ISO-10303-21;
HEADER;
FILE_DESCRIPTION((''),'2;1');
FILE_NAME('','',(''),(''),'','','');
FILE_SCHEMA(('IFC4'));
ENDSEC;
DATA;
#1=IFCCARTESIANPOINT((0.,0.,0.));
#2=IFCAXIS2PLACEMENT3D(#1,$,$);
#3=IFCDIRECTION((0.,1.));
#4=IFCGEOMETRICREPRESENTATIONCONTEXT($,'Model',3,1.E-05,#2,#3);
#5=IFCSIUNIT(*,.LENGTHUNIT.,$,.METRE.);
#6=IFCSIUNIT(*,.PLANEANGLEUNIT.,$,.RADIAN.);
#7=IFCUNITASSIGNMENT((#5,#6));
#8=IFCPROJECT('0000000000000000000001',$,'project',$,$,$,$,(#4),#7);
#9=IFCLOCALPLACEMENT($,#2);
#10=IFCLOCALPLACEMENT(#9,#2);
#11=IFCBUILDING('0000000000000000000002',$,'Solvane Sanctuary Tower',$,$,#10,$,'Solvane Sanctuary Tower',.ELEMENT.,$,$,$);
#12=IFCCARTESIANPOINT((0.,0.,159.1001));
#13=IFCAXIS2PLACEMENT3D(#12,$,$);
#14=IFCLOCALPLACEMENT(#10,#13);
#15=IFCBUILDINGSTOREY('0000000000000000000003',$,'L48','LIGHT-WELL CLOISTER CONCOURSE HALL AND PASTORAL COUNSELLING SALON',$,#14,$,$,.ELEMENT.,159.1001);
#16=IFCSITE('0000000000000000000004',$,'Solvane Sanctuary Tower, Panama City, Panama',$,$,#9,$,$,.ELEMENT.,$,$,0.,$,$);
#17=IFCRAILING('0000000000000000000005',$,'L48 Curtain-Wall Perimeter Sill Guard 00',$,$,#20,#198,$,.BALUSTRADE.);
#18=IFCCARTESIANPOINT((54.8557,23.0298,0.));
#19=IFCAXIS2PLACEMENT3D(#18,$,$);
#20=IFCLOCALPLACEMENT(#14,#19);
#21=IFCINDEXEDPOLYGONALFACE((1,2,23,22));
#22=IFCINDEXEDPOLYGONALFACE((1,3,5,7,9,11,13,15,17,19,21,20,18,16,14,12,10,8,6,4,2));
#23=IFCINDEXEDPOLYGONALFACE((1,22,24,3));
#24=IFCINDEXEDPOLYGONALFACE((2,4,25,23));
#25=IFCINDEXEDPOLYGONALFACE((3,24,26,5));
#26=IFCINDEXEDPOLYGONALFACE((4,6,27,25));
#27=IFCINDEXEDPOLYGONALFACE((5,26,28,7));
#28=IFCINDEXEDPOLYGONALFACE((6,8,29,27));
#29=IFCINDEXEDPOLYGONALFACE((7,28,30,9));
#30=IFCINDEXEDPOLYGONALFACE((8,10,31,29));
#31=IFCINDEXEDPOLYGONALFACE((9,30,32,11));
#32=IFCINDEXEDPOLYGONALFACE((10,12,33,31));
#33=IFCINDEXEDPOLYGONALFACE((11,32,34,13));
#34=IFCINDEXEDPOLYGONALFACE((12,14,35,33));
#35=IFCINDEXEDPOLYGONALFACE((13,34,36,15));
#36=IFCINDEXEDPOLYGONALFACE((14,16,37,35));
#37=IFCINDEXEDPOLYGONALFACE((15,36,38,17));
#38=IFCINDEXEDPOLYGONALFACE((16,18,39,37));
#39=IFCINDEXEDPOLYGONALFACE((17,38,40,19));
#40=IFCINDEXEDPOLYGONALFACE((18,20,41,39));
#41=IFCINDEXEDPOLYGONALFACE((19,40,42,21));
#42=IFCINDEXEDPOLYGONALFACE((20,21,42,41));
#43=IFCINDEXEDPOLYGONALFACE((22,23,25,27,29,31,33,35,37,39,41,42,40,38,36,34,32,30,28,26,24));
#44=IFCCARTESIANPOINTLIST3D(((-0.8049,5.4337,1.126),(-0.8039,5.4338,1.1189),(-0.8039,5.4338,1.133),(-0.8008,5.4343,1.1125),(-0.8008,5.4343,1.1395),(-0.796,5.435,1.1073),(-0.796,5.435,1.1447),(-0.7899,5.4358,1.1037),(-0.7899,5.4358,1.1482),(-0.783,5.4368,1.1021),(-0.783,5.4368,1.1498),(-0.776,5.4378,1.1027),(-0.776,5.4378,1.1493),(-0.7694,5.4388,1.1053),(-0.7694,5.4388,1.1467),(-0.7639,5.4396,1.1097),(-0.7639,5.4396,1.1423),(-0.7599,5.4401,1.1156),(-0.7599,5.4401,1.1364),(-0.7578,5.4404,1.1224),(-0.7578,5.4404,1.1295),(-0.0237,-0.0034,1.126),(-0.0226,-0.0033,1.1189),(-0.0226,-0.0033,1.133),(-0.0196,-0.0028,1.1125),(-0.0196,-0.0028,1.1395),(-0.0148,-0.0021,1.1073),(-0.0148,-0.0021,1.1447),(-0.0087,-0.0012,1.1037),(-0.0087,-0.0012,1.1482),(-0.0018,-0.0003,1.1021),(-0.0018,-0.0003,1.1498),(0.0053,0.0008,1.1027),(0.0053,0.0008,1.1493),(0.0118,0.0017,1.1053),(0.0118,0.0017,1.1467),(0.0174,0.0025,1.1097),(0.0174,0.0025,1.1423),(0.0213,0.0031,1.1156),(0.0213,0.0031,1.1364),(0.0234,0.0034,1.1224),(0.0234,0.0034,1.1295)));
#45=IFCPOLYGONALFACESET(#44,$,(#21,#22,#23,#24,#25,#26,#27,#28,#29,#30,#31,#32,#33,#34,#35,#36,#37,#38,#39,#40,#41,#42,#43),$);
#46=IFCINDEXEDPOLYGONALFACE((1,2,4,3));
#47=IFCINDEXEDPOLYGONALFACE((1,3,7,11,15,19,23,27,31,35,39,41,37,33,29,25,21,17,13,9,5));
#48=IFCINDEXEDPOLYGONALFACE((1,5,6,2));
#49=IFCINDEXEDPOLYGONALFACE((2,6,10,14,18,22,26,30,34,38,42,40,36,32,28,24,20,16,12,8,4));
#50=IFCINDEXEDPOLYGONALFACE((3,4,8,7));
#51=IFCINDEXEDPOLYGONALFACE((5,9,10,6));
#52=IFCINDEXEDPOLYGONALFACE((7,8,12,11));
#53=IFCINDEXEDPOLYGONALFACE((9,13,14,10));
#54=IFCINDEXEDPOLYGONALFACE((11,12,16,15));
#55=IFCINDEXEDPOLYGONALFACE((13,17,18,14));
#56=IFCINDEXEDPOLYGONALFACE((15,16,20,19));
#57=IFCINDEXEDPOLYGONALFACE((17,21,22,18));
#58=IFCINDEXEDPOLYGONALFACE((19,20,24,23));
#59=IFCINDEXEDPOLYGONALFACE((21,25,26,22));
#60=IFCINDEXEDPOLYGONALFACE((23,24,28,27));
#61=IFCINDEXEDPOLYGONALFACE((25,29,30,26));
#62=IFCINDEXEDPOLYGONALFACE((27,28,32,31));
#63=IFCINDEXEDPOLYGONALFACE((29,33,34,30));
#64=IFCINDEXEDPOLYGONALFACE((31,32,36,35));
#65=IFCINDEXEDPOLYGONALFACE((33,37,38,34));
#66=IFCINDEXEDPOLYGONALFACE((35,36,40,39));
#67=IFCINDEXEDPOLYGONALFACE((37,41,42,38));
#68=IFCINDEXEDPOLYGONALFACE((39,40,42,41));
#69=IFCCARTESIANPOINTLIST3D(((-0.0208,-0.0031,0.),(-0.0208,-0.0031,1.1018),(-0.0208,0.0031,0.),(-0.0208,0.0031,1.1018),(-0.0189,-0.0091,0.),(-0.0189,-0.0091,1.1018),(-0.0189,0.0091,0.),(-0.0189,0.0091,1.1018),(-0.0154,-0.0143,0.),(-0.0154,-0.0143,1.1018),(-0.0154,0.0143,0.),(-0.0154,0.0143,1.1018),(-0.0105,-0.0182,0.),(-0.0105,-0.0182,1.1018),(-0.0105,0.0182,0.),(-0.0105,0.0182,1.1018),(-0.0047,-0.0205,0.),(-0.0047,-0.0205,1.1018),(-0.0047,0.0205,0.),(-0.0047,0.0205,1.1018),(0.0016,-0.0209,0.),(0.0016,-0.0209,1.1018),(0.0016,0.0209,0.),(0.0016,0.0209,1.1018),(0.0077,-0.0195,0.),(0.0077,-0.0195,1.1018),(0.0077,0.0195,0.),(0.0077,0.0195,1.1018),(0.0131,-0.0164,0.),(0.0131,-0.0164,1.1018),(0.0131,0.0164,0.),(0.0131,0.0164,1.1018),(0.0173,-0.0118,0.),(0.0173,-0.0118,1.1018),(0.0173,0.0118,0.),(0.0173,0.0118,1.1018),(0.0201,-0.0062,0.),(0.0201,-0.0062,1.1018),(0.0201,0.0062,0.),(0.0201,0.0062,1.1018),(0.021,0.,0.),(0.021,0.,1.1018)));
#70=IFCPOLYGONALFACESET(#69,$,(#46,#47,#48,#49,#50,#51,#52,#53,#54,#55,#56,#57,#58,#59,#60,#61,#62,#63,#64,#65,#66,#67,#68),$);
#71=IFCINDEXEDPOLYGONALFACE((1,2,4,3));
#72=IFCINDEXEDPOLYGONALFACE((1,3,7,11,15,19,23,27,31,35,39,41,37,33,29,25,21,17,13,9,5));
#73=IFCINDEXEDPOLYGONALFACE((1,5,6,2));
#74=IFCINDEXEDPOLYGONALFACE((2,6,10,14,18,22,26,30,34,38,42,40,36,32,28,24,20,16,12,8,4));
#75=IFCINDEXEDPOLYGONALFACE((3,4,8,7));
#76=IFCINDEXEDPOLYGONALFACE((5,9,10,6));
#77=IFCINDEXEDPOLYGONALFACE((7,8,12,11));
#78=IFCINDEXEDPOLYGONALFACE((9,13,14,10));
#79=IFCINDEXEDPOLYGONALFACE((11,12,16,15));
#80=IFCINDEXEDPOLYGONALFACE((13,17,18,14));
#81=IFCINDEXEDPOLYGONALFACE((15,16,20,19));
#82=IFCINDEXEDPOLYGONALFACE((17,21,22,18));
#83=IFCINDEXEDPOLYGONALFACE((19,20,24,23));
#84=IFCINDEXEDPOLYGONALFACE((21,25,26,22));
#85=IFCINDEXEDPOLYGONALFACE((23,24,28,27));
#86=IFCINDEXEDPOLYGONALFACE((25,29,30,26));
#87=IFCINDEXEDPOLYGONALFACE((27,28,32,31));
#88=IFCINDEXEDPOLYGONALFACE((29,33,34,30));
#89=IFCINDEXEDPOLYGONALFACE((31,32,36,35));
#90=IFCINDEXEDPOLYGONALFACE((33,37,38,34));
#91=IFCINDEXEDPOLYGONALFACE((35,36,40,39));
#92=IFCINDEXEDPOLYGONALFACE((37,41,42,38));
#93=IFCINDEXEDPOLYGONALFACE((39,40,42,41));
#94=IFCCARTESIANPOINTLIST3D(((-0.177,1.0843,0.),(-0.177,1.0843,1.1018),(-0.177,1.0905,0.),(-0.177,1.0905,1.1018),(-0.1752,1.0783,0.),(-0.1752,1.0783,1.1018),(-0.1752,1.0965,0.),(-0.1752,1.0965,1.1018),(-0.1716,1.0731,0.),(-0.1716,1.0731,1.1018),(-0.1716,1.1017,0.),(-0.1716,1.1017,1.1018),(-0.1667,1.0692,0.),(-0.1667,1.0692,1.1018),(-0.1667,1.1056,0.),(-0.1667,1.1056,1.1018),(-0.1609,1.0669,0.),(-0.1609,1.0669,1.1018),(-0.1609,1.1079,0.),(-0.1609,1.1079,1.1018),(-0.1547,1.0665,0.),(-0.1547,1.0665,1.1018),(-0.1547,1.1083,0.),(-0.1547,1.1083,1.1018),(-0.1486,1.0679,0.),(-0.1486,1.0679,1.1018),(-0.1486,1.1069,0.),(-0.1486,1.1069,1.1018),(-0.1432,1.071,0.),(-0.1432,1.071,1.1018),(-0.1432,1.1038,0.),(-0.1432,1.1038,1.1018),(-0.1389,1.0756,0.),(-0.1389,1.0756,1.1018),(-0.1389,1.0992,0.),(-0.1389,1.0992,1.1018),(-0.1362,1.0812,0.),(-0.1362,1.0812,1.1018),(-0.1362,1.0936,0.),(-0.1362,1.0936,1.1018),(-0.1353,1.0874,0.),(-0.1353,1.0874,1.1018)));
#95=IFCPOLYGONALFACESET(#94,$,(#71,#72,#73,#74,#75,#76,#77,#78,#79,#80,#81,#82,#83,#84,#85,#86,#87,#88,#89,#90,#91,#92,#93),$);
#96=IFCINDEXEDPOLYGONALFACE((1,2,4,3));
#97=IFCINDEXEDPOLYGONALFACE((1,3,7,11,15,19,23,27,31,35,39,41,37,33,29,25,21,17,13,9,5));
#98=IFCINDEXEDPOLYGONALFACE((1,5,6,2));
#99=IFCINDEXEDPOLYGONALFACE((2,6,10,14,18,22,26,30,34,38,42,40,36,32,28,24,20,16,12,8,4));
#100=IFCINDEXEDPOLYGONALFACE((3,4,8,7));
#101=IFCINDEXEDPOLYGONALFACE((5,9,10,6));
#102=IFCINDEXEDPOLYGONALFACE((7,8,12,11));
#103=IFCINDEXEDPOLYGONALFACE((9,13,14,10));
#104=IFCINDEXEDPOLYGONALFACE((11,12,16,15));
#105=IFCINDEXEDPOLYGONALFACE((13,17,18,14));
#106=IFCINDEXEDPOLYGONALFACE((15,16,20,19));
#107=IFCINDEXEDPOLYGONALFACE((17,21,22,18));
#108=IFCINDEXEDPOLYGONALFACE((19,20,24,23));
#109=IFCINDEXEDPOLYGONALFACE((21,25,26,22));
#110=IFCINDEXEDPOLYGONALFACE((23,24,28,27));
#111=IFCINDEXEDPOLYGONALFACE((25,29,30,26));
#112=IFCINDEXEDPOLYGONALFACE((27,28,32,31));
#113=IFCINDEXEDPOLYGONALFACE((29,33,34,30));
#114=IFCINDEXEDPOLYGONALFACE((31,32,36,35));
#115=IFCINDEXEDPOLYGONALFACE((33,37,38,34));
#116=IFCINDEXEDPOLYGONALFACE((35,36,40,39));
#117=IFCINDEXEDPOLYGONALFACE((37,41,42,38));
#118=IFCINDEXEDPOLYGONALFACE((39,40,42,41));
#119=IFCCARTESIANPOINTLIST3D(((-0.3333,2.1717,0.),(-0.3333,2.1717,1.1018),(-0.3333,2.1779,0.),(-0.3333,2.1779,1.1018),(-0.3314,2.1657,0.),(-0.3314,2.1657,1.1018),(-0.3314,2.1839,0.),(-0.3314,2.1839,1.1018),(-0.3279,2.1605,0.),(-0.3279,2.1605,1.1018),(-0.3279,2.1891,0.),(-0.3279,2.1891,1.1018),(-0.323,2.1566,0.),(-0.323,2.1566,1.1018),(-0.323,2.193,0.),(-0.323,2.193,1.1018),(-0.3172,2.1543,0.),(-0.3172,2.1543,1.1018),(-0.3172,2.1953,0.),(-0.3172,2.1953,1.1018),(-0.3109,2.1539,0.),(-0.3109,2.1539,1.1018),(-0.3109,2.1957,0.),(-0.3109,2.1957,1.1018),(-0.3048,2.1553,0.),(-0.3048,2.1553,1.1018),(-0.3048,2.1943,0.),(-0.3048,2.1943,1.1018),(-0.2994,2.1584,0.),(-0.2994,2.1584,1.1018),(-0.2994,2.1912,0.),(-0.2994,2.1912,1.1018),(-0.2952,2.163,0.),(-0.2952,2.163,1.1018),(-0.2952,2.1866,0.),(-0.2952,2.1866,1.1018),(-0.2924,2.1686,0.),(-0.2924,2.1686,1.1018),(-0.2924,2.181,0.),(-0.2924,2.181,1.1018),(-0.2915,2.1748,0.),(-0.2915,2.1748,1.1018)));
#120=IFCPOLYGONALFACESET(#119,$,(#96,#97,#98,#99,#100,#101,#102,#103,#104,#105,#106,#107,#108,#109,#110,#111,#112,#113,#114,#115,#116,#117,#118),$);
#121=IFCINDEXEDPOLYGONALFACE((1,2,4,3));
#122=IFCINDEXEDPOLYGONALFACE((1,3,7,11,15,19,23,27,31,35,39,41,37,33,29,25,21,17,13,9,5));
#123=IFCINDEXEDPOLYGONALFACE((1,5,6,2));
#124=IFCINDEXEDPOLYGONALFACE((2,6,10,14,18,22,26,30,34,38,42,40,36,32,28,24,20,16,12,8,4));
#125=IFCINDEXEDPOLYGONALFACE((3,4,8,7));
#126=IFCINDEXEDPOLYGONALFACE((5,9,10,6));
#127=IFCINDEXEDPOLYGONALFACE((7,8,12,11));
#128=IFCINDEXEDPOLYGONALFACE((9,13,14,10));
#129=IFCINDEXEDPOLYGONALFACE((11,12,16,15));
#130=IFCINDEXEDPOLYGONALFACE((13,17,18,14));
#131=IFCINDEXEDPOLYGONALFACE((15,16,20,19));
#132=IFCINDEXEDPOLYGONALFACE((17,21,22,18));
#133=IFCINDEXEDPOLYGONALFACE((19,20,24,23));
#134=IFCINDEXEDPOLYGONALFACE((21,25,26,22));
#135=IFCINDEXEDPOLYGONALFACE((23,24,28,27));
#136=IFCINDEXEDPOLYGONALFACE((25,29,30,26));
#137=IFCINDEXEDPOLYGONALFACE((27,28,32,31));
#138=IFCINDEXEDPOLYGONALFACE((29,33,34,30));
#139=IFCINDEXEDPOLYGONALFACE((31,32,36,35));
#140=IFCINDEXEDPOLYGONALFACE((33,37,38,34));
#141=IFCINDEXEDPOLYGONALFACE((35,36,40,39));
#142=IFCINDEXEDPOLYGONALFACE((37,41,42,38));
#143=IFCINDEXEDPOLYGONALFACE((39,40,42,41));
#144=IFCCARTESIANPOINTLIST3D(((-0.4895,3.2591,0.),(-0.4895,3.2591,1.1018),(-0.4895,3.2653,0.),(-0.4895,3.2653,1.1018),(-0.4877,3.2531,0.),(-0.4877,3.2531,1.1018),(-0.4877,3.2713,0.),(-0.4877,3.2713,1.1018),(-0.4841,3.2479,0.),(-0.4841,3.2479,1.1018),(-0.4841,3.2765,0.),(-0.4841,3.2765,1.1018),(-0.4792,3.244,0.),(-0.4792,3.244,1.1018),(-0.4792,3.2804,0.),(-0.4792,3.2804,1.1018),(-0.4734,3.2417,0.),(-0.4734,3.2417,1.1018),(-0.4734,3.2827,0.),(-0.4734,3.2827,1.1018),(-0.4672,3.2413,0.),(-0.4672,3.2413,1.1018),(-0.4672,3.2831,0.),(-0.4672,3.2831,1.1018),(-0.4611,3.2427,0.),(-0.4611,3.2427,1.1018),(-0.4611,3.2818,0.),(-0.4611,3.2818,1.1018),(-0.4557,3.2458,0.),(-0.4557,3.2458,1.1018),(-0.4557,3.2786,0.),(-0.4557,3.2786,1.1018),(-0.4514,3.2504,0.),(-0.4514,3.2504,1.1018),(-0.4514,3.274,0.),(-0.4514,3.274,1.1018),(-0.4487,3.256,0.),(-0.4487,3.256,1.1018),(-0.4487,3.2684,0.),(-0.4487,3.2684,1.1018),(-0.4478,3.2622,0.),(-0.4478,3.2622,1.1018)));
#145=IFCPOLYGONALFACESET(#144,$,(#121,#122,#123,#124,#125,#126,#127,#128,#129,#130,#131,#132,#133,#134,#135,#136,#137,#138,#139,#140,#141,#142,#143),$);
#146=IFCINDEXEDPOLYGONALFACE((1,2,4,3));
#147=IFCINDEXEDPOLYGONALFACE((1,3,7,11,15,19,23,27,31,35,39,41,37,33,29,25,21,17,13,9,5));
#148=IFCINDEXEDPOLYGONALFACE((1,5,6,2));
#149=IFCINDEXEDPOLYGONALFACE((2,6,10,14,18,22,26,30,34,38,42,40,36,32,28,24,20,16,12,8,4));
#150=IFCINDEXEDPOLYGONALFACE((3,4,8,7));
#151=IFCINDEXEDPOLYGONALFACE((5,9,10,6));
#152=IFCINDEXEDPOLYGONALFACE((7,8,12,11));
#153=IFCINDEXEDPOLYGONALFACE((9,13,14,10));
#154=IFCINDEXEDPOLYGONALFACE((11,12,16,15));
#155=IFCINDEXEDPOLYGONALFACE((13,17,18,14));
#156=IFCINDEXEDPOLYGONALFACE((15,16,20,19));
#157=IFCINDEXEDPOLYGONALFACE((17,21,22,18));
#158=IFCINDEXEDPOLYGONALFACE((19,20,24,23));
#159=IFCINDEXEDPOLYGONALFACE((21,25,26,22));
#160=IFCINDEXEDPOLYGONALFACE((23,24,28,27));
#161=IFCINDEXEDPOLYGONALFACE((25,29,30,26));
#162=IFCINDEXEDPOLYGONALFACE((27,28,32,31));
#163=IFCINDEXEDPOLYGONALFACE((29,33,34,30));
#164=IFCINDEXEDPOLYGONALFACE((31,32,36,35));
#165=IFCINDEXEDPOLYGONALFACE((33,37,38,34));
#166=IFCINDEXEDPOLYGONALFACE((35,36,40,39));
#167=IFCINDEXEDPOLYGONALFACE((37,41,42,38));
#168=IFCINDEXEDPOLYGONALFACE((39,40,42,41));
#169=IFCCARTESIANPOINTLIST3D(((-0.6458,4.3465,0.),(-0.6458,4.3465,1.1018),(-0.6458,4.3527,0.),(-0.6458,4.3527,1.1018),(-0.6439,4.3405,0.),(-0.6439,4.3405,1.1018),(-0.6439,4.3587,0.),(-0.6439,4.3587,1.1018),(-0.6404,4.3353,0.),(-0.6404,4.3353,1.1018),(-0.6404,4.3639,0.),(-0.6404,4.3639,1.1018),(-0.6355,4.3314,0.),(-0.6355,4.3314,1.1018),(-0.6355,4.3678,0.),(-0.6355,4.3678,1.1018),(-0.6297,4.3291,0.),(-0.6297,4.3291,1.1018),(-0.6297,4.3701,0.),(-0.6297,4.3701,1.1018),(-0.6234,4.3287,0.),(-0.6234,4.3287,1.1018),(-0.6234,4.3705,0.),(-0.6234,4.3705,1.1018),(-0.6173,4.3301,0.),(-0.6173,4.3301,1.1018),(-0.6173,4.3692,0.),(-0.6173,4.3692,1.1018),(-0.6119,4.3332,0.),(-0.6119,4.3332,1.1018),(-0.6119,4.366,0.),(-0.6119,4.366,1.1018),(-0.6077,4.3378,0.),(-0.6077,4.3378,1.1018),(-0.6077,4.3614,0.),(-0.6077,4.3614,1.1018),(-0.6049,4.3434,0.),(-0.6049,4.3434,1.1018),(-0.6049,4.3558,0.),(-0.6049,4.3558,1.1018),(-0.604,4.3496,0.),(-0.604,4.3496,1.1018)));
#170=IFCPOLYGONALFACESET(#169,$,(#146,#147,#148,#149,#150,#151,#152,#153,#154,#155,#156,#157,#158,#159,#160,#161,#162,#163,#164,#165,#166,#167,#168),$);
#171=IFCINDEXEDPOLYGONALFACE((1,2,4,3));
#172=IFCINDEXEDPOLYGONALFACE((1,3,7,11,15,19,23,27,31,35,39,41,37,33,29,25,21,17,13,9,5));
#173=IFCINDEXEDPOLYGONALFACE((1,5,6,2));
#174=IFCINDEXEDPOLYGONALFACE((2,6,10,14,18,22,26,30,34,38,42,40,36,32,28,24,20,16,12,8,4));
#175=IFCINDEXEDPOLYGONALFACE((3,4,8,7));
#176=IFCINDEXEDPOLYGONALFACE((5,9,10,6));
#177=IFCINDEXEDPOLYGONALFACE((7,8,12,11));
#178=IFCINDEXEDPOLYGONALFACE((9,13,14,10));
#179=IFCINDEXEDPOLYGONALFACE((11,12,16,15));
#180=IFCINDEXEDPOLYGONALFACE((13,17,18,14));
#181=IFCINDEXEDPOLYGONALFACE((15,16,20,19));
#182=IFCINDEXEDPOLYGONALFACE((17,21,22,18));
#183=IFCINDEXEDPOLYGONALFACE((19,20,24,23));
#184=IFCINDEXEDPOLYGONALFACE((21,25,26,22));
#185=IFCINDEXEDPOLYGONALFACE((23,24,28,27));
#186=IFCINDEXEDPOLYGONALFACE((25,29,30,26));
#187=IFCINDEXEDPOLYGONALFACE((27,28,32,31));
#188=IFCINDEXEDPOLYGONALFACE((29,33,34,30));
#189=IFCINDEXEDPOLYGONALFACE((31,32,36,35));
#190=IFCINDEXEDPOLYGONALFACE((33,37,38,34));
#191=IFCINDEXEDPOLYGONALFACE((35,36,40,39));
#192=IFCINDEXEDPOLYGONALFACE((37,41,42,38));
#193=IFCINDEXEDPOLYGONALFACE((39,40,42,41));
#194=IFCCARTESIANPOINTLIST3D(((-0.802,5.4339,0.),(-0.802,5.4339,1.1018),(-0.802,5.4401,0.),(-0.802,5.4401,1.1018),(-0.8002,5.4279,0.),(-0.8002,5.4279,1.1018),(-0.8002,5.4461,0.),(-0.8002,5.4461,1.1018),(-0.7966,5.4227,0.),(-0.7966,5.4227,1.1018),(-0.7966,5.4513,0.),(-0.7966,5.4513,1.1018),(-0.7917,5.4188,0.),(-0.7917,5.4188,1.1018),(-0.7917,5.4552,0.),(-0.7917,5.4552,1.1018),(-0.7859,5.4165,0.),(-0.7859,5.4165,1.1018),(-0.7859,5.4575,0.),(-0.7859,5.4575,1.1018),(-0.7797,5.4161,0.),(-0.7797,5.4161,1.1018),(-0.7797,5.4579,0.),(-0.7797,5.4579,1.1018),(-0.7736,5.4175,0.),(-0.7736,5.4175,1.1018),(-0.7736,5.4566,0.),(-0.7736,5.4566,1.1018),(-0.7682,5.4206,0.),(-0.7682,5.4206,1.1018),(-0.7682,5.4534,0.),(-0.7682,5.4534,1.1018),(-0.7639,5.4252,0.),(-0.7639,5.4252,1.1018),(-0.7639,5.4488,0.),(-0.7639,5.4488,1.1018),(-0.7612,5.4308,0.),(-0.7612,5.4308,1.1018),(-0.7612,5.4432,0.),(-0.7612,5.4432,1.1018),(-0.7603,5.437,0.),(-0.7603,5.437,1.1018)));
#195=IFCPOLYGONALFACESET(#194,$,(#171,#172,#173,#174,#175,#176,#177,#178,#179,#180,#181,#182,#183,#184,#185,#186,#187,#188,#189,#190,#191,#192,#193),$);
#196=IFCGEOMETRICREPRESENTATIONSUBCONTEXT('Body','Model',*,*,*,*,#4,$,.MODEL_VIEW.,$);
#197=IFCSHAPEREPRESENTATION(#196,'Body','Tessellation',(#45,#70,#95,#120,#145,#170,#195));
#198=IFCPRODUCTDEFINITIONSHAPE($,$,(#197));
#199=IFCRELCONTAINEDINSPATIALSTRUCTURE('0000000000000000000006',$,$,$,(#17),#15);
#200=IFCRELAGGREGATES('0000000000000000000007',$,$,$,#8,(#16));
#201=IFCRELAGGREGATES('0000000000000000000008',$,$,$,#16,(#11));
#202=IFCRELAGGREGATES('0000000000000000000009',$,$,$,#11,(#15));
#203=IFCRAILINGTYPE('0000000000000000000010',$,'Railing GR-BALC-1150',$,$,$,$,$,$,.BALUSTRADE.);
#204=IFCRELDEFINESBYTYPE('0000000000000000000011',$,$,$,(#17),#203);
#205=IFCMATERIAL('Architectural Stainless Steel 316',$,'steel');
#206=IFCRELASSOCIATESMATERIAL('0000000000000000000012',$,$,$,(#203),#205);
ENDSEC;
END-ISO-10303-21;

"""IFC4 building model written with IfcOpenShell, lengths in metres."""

from ifc_helpers import new_model, si_unit, direction, frame, origin, origin_2d, place, context, subcontext, project, spatial, circle, extrude, material, type_object, element, save


model = new_model("IFC4")

# Units and contexts
model_context = context("Model", 3, precision=1e-05, world=origin(), true_north=direction((0.0, 1.0)))
body_context = subcontext(model_context, "Body", "Model", "MODEL_VIEW")
ifc_project = project(units=[si_unit("LENGTHUNIT", "METRE"), si_unit("PLANEANGLEUNIT", "RADIAN")], contexts=[model_context])

# Site, building, storey
site_placement = place(None, origin())
site = spatial("IfcSite", under=ifc_project, at=site_placement, Name="Solvane Sanctuary Tower, Panama City, Panama", CompositionType="ELEMENT", RefElevation=0.0)
building_placement = place(site_placement, origin())
building = spatial("IfcBuilding", under=site, at=building_placement, Name="Solvane Sanctuary Tower", LongName="Solvane Sanctuary Tower", CompositionType="ELEMENT")
storey_placement = place(building_placement, frame((0.0, 0.0, 159.1001)))
storey = spatial("IfcBuildingStorey", under=building, at=storey_placement, Name="L48", Description="LIGHT-WELL CLOISTER CONCOURSE HALL AND PASTORAL COUNSELLING SALON", CompositionType="ELEMENT", Elevation=159.1001)

# Shared definitions
ifc_material_1 = material(Name="Architectural Stainless Steel 316", Category="steel")

# Railing
railing_type_1 = type_object("IfcRailingType", Name="Railing GR-BALC-1150", PredefinedType="BALUSTRADE", material=ifc_material_1)
railing_1_placement = place(storey_placement, frame((54.8557, 23.0298, 0.0)))
element("IfcRailing", 1, at=railing_1_placement, inside=storey, type_object=railing_type_1, Name="L48 Curtain-Wall Perimeter Sill Guard 00", PredefinedType="BALUSTRADE", context=body_context, shape_type="SweptSolid", body=[
    extrude(circle(Radius=0.0239, at=origin_2d()), frame((0.0, 0.0, 1.126), z_axis=(-0.14223, 0.989834, 0.0), x_axis=(-0.989834, -0.14223, 0.0)), (0.0, 0.0, 1.0), 5.4929),
    extrude(circle(Radius=0.021, at=origin_2d()), origin(), (0.0, 0.0, 1.0), 1.1018),
    extrude(circle(Radius=0.021, at=origin_2d()), frame((-0.1562, 1.0874, 0.0)), (0.0, 0.0, 1.0), 1.1018),
    extrude(circle(Radius=0.021, at=origin_2d()), frame((-0.3125, 2.1748, 0.0)), (0.0, 0.0, 1.0), 1.1018),
    extrude(circle(Radius=0.021, at=origin_2d()), frame((-0.4688, 3.2622, 0.0)), (0.0, 0.0, 1.0), 1.1018),
    extrude(circle(Radius=0.021, at=origin_2d()), frame((-0.625, 4.3496, 0.0)), (0.0, 0.0, 1.0), 1.1018),
    extrude(circle(Radius=0.021, at=origin_2d()), frame((-0.7812, 5.437, 0.0)), (0.0, 0.0, 1.0), 1.1018),
])

save(model, "model.ifc")
